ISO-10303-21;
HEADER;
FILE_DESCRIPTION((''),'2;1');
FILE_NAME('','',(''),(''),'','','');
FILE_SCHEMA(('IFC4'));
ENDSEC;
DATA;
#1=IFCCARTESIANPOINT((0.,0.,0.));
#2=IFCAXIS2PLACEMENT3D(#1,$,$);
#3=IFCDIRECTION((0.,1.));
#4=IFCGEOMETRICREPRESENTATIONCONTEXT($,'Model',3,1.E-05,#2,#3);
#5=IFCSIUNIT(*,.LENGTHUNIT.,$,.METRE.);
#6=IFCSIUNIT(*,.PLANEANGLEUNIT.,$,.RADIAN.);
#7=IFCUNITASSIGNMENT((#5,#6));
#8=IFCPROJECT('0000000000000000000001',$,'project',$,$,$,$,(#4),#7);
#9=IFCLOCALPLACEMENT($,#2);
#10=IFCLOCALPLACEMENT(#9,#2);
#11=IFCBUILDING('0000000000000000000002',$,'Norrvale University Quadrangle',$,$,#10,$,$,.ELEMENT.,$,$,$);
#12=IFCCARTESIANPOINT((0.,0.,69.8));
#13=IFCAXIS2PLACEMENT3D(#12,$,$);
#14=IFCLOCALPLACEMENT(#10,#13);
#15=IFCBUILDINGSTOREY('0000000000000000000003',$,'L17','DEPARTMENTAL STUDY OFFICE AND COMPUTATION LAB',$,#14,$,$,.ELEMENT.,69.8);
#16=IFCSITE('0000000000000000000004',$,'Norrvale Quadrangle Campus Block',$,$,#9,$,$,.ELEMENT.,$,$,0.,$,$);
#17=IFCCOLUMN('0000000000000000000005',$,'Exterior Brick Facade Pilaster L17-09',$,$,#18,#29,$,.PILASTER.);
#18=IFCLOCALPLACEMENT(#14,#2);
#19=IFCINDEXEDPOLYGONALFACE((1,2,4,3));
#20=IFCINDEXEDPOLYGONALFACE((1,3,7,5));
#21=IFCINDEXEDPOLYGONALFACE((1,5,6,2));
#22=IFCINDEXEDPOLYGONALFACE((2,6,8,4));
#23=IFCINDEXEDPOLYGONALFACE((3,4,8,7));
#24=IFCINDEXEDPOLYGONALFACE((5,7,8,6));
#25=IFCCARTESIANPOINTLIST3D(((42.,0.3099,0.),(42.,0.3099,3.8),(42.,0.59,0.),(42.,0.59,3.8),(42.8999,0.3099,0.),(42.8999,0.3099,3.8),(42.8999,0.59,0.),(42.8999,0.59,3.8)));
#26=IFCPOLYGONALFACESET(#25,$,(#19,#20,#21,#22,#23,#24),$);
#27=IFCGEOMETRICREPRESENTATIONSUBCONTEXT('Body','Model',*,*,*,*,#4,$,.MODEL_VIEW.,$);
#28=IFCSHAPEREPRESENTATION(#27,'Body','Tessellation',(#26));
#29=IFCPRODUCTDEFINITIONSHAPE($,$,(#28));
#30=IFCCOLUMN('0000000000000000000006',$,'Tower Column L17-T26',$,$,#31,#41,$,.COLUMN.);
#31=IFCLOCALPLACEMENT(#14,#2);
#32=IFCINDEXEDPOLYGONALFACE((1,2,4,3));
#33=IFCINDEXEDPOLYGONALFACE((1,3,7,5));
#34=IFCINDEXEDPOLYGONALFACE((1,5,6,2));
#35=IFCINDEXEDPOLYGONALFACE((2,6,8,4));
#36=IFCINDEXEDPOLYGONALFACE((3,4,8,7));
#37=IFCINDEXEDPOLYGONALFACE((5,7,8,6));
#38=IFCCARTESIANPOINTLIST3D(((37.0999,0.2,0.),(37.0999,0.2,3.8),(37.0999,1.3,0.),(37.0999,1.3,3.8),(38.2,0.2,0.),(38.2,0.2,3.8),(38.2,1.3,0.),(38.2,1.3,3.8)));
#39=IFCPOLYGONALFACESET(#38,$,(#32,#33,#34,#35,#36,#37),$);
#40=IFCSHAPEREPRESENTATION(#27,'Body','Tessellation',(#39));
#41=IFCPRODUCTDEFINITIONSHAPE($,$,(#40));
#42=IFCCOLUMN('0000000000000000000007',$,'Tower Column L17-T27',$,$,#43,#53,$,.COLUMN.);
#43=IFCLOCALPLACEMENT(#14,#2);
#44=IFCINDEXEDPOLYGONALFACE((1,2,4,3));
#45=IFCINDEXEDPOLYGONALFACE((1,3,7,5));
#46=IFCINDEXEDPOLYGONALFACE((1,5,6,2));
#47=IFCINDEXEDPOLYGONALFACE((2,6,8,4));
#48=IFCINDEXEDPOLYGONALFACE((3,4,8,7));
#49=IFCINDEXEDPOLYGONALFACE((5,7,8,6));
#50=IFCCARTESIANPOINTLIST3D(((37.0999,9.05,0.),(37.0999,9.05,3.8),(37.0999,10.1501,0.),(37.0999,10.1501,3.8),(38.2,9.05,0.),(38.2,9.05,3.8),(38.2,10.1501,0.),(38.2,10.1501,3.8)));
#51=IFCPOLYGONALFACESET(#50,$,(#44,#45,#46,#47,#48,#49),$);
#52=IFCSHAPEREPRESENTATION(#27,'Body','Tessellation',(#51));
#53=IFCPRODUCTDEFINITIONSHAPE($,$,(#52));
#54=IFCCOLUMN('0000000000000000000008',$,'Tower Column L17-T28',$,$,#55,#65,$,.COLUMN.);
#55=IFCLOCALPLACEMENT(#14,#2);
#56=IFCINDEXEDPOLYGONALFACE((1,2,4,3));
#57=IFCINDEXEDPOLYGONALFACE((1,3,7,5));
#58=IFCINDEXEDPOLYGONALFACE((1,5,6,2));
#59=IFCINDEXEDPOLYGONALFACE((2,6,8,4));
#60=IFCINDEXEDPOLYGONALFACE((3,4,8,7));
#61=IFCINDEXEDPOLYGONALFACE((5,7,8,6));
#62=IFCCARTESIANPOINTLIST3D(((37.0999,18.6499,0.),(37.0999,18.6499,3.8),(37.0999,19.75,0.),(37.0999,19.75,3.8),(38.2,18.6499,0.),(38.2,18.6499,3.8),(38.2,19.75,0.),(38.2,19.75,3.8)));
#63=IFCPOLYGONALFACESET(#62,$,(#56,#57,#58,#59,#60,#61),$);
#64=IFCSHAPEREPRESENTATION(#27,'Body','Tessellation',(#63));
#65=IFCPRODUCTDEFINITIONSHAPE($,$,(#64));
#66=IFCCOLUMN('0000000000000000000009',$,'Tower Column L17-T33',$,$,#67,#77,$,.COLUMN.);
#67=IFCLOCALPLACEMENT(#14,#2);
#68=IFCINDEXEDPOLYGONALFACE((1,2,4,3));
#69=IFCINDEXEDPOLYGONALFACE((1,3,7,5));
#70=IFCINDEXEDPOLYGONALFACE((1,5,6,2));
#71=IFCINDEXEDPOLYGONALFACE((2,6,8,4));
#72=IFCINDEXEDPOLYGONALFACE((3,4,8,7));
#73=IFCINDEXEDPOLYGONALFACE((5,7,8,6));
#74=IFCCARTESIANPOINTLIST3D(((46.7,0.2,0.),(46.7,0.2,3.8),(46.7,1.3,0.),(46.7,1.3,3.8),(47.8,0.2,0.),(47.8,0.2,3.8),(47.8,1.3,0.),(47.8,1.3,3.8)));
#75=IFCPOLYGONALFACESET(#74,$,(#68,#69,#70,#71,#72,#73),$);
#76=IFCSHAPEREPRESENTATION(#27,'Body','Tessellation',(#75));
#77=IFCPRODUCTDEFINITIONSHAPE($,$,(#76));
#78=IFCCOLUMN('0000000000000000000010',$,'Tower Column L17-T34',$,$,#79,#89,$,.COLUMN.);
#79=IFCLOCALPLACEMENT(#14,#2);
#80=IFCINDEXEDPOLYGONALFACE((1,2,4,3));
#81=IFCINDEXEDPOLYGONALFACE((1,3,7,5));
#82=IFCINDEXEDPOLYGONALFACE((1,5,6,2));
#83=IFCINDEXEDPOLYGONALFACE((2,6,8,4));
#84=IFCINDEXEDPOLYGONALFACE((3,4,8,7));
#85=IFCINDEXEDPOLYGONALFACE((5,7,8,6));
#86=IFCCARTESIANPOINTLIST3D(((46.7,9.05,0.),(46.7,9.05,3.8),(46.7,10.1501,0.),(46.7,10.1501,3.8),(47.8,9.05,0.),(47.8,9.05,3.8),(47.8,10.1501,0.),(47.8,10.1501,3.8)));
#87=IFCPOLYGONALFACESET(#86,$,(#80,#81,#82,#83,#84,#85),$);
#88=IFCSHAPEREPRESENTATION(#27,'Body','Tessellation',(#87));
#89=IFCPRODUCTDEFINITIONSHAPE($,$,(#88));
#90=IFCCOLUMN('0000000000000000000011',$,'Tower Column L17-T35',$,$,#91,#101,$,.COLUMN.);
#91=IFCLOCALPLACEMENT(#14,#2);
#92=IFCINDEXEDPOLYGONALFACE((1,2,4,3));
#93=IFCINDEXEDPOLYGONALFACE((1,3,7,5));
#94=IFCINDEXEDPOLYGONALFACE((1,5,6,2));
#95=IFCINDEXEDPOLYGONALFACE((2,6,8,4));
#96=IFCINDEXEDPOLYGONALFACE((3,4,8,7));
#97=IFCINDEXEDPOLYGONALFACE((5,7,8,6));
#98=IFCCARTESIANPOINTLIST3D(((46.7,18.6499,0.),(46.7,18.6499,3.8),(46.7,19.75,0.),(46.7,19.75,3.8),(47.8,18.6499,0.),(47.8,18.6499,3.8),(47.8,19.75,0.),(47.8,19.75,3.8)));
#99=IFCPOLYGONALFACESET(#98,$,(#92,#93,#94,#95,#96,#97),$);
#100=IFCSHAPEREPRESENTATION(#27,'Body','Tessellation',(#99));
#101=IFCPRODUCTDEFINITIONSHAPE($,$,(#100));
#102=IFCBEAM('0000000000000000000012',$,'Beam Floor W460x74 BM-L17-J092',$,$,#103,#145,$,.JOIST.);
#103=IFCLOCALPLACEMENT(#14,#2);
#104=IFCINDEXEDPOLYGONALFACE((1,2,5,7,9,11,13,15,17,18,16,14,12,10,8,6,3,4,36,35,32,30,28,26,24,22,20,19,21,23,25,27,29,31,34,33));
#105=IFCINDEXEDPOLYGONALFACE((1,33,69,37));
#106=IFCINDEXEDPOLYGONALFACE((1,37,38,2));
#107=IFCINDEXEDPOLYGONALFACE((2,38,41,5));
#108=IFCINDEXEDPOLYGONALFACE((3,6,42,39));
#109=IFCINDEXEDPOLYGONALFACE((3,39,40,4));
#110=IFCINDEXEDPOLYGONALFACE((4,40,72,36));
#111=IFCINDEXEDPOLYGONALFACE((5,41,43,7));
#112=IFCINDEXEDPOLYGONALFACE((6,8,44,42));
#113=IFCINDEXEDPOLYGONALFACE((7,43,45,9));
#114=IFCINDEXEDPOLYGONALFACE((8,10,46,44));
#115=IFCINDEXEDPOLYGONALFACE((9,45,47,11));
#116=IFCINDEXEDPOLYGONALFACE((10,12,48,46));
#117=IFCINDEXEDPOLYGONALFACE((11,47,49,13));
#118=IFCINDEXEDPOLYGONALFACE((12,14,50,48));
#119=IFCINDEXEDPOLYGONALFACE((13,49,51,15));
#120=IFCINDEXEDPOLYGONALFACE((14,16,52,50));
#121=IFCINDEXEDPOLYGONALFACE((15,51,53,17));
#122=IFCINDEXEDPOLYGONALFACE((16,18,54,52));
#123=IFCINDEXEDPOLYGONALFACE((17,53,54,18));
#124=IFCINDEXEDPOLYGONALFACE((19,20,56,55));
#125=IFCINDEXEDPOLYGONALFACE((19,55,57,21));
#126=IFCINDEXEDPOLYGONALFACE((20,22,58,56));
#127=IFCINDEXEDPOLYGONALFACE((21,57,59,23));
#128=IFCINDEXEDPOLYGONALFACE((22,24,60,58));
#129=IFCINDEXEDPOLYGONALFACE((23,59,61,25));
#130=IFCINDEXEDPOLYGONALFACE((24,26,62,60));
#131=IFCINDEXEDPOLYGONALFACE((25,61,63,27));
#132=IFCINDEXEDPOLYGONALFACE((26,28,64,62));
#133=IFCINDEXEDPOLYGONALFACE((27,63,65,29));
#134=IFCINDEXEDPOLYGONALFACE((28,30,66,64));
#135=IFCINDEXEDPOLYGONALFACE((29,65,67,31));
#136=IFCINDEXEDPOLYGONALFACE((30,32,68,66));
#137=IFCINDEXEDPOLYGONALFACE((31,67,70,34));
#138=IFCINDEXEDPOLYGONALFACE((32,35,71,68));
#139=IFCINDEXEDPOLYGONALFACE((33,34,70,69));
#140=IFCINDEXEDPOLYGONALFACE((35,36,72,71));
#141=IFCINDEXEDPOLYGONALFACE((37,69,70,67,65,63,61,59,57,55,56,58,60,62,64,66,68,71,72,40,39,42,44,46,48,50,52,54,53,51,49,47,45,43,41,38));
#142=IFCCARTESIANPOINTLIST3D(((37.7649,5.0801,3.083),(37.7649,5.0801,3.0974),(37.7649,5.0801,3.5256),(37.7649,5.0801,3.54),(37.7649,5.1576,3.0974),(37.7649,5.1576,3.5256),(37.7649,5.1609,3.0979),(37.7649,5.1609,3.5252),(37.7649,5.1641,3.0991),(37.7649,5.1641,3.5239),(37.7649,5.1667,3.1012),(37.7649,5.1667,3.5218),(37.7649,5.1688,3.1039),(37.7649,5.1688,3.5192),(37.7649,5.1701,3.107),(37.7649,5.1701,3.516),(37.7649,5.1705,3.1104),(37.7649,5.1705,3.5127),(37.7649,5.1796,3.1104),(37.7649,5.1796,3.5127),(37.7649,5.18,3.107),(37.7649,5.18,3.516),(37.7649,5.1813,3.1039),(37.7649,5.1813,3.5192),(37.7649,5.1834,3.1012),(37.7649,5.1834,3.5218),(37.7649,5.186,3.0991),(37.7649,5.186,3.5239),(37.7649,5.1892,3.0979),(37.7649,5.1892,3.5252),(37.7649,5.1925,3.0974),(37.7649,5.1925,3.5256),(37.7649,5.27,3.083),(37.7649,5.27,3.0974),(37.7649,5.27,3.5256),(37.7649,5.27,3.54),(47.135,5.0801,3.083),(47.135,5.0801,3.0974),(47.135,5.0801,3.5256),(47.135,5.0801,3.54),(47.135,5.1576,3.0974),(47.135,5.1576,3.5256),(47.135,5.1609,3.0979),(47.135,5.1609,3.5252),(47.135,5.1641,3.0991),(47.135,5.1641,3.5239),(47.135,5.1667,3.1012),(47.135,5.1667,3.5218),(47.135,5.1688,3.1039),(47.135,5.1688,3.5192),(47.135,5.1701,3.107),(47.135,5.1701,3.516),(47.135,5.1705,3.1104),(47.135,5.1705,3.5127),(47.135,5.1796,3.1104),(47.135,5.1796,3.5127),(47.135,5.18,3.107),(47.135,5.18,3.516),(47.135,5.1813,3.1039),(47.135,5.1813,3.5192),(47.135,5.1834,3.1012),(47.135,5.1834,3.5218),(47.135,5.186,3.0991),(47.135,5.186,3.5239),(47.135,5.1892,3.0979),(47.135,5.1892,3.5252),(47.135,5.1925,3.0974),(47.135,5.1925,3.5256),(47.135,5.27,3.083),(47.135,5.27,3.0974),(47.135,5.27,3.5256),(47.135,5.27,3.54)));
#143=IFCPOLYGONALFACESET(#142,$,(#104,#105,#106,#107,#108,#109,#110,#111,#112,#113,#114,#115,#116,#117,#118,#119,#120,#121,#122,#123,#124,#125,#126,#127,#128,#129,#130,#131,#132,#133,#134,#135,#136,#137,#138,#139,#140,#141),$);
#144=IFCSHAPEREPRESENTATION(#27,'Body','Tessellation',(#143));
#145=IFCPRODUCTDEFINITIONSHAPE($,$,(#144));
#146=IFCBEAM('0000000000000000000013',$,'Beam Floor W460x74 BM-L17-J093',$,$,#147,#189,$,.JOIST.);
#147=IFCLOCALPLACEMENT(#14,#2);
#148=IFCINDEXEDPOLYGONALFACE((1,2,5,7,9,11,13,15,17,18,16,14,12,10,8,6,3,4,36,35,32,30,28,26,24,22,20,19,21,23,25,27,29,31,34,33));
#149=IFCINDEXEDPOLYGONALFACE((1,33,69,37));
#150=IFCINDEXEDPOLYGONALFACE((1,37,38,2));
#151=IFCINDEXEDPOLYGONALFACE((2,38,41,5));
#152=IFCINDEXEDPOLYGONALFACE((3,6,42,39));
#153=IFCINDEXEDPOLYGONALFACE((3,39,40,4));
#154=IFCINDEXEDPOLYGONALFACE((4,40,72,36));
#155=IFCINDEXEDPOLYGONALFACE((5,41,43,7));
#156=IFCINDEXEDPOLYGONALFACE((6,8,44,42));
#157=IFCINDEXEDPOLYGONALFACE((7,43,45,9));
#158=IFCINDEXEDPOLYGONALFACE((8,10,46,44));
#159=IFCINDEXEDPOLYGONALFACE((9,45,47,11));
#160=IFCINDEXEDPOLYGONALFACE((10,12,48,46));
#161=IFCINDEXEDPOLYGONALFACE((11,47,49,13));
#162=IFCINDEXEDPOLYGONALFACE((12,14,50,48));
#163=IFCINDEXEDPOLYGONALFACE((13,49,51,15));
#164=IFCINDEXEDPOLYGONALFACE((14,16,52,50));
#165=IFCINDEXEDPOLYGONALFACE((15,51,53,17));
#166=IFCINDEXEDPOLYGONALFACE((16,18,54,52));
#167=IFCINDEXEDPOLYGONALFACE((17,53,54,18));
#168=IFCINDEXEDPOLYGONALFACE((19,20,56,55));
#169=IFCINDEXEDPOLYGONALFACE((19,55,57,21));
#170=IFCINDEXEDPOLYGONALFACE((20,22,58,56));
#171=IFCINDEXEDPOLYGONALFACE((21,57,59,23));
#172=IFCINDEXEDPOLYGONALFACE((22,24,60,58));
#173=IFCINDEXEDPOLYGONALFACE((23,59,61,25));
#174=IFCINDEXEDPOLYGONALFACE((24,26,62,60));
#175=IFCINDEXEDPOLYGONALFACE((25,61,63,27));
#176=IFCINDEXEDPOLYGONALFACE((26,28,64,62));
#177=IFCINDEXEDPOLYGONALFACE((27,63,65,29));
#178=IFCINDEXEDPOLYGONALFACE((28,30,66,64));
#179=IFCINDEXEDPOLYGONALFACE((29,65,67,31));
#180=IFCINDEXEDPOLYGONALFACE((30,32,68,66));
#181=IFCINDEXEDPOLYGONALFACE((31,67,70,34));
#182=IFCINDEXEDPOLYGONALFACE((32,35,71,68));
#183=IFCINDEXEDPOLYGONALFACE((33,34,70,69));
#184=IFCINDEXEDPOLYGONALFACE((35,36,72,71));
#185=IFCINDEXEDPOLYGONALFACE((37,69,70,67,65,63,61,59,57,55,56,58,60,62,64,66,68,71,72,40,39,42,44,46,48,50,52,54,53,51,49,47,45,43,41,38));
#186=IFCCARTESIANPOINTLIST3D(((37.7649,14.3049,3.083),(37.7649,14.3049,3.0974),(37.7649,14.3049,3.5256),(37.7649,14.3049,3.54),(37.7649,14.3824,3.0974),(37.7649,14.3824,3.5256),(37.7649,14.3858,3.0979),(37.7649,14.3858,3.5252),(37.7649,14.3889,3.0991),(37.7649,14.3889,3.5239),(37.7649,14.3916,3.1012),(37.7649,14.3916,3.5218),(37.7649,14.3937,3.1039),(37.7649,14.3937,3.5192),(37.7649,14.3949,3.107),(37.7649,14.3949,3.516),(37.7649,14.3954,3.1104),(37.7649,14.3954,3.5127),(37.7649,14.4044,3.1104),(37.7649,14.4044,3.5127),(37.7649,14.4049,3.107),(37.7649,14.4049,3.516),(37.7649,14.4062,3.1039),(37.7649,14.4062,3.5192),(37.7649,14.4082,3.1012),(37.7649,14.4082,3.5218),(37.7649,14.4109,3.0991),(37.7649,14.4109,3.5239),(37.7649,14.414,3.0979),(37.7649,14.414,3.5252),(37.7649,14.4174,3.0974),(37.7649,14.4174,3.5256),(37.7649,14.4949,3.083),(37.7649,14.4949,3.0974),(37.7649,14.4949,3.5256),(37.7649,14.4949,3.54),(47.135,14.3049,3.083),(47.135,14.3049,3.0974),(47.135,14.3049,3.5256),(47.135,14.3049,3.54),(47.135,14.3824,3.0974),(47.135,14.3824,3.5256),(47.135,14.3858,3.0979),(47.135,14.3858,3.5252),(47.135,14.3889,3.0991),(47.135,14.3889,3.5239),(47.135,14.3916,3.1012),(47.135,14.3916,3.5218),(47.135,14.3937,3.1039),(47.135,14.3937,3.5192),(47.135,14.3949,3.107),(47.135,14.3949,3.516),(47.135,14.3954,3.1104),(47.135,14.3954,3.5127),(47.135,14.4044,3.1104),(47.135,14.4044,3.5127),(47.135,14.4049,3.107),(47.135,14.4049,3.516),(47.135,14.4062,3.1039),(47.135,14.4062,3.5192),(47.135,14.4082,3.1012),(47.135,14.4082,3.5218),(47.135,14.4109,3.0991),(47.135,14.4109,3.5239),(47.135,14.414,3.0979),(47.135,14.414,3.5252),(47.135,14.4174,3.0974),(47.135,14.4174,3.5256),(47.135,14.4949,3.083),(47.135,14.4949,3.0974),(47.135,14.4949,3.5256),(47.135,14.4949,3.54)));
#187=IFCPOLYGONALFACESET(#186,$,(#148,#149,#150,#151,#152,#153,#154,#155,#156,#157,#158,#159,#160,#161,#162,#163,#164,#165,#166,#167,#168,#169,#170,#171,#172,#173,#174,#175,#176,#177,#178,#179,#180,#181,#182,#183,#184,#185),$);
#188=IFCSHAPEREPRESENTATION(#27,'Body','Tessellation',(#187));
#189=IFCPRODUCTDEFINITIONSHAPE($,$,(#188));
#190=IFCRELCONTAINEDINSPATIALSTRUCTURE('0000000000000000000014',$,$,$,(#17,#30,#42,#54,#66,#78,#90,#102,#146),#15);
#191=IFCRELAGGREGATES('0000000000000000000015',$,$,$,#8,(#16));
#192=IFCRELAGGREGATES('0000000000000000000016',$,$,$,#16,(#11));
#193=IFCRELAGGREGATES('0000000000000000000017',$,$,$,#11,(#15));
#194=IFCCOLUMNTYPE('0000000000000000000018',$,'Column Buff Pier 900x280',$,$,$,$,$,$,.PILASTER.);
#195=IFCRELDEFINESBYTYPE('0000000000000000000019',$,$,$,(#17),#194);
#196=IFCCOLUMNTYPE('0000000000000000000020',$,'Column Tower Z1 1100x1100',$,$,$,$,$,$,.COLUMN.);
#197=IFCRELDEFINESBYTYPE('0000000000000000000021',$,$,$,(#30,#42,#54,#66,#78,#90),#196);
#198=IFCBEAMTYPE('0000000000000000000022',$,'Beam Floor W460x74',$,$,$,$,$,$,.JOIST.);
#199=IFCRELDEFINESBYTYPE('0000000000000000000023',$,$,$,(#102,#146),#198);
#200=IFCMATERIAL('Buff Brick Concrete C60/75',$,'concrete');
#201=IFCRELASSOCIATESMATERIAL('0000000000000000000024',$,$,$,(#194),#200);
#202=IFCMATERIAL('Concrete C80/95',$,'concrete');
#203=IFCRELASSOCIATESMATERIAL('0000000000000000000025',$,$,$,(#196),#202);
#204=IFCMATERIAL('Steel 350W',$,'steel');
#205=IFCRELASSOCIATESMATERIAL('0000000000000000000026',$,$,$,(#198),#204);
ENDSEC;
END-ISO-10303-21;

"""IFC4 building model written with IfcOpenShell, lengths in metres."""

from ifc_helpers import new_model, si_unit, direction, frame, origin, origin_2d, place, context, subcontext, project, spatial, rectangle, i_section, extrude, material, material_profile, profile_set, type_object, element, save


model = new_model("IFC4")

# Units and contexts
model_context = context("Model", 3, precision=1e-05, world=origin(), true_north=direction((0.0, 1.0)))
body_context = subcontext(model_context, "Body", "Model", "MODEL_VIEW")
ifc_project = project(units=[si_unit("LENGTHUNIT", "METRE"), si_unit("PLANEANGLEUNIT", "RADIAN")], contexts=[model_context])

# Site, building, storey
site_placement = place(None, origin())
site = spatial("IfcSite", under=ifc_project, at=site_placement, Name="Norrvale Quadrangle Campus Block", CompositionType="ELEMENT", RefElevation=0.0)
building_placement = place(site_placement, origin())
building = spatial("IfcBuilding", under=site, at=building_placement, Name="Norrvale University Quadrangle", CompositionType="ELEMENT")
storey_placement = place(building_placement, frame((0.0, 0.0, 69.8)))
storey = spatial("IfcBuildingStorey", under=building, at=storey_placement, Name="L17", Description="DEPARTMENTAL STUDY OFFICE AND COMPUTATION LAB", CompositionType="ELEMENT", Elevation=69.8)

# Columns
ifc_material_1 = material(Name="Buff Brick Concrete C60/75", Category="concrete")
ifc_material_profile_1 = material_profile(ifc_material_1, rectangle(XDim=0.8999, YDim=0.28, at=origin_2d()), Name="Buff Brick Concrete C60/75")
ifc_profile_set_1 = profile_set([ifc_material_profile_1], Name="Buff Brick Concrete C60/75")
column_type_1 = type_object("IfcColumnType", Name="Column Buff Pier 900x280", PredefinedType="PILASTER", material=ifc_profile_set_1)
column_placement = place(storey_placement, frame((42.45, 0.45, 0.0), z_axis=(0.0, 0.0, 1.0), x_axis=(1.0, 0.0, 0.0)))
element("IfcColumn", 1, at=column_placement, inside=storey, type_object=column_type_1, Name="Exterior Brick Facade Pilaster L17-09", PredefinedType="PILASTER", context=body_context, shape_type="SweptSolid", body=[
    extrude(rectangle(XDim=0.8999, YDim=0.28, at=origin_2d()), origin(), (0.0, 0.0, 1.0), 3.8),
])
ifc_material_2 = material(Name="Concrete C80/95", Category="concrete")
ifc_material_profile_2 = material_profile(ifc_material_2, rectangle(XDim=1.1001, YDim=1.1001, at=origin_2d()), Name="Concrete C80/95")
ifc_profile_set_2 = profile_set([ifc_material_profile_2], Name="Concrete C80/95")
column_type_2 = type_object("IfcColumnType", Name="Column Tower Z1 1100x1100", PredefinedType="COLUMN", material=ifc_profile_set_2)
for number, where, z_axis, x_axis, name in (
    (2, (37.6499, 0.75, 0.0), (0.0, 0.0, 1.0), (1.0, 0.0, 0.0), "Tower Column L17-T26"),
    (3, (37.6499, 9.6001, 0.0), (0.0, 0.0, 1.0), (1.0, 0.0, 0.0), "Tower Column L17-T27"),
    (4, (37.6499, 19.2, 0.0), (0.0, 0.0, 1.0), (1.0, 0.0, 0.0), "Tower Column L17-T28"),
    (5, (47.25, 0.75, 0.0), (0.0, 0.0, 1.0), (1.0, 0.0, 0.0), "Tower Column L17-T33"),
    (6, (47.25, 9.6001, 0.0), (0.0, 0.0, 1.0), (1.0, 0.0, 0.0), "Tower Column L17-T34"),
    (7, (47.25, 19.2, 0.0), (0.0, 0.0, 1.0), (1.0, 0.0, 0.0), "Tower Column L17-T35"),
):
    element("IfcColumn", number, at=place(storey_placement, frame(where, z_axis=z_axis, x_axis=x_axis)), inside=storey, type_object=column_type_2, Name=name, PredefinedType="COLUMN", context=body_context, shape_type="SweptSolid", body=[
        extrude(rectangle(XDim=1.1001, YDim=1.1001, at=origin_2d()), origin(), (0.0, 0.0, 1.0), 3.8),
    ])

# Beams
ifc_material_3 = material(Name="Steel 350W", Category="steel")
ifc_material_profile_3 = material_profile(ifc_material_3, i_section(OverallWidth=0.1899, OverallDepth=0.457, WebThickness=0.009, FlangeThickness=0.0144, FilletRadius=0.0129, at=origin_2d()), Name="Steel 350W")
ifc_profile_set_3 = profile_set([ifc_material_profile_3], Name="Steel 350W")
beam_type_1 = type_object("IfcBeamType", Name="Beam Floor W460x74", PredefinedType="JOIST", material=ifc_profile_set_3)
for number, where, z_axis, x_axis, name in (
    (8, (37.7649, 5.175, 3.3115), (1.0, 0.0, 0.0), (0.0, 1.0, 0.0), "Beam Floor W460x74 BM-L17-J092"),
    (9, (37.7649, 14.3999, 3.3115), (1.0, 0.0, 0.0), (0.0, 1.0, 0.0), "Beam Floor W460x74 BM-L17-J093"),
):
    element("IfcBeam", number, at=place(storey_placement, frame(where, z_axis=z_axis, x_axis=x_axis)), inside=storey, type_object=beam_type_1, Name=name, PredefinedType="JOIST", context=body_context, shape_type="SweptSolid", body=[
        extrude(i_section(OverallWidth=0.1899, OverallDepth=0.457, WebThickness=0.009, FlangeThickness=0.0144, FilletRadius=0.0129, at=origin_2d()), origin(), (0.0, 0.0, 1.0), 9.3701),
    ])

save(model, "model.ifc")
